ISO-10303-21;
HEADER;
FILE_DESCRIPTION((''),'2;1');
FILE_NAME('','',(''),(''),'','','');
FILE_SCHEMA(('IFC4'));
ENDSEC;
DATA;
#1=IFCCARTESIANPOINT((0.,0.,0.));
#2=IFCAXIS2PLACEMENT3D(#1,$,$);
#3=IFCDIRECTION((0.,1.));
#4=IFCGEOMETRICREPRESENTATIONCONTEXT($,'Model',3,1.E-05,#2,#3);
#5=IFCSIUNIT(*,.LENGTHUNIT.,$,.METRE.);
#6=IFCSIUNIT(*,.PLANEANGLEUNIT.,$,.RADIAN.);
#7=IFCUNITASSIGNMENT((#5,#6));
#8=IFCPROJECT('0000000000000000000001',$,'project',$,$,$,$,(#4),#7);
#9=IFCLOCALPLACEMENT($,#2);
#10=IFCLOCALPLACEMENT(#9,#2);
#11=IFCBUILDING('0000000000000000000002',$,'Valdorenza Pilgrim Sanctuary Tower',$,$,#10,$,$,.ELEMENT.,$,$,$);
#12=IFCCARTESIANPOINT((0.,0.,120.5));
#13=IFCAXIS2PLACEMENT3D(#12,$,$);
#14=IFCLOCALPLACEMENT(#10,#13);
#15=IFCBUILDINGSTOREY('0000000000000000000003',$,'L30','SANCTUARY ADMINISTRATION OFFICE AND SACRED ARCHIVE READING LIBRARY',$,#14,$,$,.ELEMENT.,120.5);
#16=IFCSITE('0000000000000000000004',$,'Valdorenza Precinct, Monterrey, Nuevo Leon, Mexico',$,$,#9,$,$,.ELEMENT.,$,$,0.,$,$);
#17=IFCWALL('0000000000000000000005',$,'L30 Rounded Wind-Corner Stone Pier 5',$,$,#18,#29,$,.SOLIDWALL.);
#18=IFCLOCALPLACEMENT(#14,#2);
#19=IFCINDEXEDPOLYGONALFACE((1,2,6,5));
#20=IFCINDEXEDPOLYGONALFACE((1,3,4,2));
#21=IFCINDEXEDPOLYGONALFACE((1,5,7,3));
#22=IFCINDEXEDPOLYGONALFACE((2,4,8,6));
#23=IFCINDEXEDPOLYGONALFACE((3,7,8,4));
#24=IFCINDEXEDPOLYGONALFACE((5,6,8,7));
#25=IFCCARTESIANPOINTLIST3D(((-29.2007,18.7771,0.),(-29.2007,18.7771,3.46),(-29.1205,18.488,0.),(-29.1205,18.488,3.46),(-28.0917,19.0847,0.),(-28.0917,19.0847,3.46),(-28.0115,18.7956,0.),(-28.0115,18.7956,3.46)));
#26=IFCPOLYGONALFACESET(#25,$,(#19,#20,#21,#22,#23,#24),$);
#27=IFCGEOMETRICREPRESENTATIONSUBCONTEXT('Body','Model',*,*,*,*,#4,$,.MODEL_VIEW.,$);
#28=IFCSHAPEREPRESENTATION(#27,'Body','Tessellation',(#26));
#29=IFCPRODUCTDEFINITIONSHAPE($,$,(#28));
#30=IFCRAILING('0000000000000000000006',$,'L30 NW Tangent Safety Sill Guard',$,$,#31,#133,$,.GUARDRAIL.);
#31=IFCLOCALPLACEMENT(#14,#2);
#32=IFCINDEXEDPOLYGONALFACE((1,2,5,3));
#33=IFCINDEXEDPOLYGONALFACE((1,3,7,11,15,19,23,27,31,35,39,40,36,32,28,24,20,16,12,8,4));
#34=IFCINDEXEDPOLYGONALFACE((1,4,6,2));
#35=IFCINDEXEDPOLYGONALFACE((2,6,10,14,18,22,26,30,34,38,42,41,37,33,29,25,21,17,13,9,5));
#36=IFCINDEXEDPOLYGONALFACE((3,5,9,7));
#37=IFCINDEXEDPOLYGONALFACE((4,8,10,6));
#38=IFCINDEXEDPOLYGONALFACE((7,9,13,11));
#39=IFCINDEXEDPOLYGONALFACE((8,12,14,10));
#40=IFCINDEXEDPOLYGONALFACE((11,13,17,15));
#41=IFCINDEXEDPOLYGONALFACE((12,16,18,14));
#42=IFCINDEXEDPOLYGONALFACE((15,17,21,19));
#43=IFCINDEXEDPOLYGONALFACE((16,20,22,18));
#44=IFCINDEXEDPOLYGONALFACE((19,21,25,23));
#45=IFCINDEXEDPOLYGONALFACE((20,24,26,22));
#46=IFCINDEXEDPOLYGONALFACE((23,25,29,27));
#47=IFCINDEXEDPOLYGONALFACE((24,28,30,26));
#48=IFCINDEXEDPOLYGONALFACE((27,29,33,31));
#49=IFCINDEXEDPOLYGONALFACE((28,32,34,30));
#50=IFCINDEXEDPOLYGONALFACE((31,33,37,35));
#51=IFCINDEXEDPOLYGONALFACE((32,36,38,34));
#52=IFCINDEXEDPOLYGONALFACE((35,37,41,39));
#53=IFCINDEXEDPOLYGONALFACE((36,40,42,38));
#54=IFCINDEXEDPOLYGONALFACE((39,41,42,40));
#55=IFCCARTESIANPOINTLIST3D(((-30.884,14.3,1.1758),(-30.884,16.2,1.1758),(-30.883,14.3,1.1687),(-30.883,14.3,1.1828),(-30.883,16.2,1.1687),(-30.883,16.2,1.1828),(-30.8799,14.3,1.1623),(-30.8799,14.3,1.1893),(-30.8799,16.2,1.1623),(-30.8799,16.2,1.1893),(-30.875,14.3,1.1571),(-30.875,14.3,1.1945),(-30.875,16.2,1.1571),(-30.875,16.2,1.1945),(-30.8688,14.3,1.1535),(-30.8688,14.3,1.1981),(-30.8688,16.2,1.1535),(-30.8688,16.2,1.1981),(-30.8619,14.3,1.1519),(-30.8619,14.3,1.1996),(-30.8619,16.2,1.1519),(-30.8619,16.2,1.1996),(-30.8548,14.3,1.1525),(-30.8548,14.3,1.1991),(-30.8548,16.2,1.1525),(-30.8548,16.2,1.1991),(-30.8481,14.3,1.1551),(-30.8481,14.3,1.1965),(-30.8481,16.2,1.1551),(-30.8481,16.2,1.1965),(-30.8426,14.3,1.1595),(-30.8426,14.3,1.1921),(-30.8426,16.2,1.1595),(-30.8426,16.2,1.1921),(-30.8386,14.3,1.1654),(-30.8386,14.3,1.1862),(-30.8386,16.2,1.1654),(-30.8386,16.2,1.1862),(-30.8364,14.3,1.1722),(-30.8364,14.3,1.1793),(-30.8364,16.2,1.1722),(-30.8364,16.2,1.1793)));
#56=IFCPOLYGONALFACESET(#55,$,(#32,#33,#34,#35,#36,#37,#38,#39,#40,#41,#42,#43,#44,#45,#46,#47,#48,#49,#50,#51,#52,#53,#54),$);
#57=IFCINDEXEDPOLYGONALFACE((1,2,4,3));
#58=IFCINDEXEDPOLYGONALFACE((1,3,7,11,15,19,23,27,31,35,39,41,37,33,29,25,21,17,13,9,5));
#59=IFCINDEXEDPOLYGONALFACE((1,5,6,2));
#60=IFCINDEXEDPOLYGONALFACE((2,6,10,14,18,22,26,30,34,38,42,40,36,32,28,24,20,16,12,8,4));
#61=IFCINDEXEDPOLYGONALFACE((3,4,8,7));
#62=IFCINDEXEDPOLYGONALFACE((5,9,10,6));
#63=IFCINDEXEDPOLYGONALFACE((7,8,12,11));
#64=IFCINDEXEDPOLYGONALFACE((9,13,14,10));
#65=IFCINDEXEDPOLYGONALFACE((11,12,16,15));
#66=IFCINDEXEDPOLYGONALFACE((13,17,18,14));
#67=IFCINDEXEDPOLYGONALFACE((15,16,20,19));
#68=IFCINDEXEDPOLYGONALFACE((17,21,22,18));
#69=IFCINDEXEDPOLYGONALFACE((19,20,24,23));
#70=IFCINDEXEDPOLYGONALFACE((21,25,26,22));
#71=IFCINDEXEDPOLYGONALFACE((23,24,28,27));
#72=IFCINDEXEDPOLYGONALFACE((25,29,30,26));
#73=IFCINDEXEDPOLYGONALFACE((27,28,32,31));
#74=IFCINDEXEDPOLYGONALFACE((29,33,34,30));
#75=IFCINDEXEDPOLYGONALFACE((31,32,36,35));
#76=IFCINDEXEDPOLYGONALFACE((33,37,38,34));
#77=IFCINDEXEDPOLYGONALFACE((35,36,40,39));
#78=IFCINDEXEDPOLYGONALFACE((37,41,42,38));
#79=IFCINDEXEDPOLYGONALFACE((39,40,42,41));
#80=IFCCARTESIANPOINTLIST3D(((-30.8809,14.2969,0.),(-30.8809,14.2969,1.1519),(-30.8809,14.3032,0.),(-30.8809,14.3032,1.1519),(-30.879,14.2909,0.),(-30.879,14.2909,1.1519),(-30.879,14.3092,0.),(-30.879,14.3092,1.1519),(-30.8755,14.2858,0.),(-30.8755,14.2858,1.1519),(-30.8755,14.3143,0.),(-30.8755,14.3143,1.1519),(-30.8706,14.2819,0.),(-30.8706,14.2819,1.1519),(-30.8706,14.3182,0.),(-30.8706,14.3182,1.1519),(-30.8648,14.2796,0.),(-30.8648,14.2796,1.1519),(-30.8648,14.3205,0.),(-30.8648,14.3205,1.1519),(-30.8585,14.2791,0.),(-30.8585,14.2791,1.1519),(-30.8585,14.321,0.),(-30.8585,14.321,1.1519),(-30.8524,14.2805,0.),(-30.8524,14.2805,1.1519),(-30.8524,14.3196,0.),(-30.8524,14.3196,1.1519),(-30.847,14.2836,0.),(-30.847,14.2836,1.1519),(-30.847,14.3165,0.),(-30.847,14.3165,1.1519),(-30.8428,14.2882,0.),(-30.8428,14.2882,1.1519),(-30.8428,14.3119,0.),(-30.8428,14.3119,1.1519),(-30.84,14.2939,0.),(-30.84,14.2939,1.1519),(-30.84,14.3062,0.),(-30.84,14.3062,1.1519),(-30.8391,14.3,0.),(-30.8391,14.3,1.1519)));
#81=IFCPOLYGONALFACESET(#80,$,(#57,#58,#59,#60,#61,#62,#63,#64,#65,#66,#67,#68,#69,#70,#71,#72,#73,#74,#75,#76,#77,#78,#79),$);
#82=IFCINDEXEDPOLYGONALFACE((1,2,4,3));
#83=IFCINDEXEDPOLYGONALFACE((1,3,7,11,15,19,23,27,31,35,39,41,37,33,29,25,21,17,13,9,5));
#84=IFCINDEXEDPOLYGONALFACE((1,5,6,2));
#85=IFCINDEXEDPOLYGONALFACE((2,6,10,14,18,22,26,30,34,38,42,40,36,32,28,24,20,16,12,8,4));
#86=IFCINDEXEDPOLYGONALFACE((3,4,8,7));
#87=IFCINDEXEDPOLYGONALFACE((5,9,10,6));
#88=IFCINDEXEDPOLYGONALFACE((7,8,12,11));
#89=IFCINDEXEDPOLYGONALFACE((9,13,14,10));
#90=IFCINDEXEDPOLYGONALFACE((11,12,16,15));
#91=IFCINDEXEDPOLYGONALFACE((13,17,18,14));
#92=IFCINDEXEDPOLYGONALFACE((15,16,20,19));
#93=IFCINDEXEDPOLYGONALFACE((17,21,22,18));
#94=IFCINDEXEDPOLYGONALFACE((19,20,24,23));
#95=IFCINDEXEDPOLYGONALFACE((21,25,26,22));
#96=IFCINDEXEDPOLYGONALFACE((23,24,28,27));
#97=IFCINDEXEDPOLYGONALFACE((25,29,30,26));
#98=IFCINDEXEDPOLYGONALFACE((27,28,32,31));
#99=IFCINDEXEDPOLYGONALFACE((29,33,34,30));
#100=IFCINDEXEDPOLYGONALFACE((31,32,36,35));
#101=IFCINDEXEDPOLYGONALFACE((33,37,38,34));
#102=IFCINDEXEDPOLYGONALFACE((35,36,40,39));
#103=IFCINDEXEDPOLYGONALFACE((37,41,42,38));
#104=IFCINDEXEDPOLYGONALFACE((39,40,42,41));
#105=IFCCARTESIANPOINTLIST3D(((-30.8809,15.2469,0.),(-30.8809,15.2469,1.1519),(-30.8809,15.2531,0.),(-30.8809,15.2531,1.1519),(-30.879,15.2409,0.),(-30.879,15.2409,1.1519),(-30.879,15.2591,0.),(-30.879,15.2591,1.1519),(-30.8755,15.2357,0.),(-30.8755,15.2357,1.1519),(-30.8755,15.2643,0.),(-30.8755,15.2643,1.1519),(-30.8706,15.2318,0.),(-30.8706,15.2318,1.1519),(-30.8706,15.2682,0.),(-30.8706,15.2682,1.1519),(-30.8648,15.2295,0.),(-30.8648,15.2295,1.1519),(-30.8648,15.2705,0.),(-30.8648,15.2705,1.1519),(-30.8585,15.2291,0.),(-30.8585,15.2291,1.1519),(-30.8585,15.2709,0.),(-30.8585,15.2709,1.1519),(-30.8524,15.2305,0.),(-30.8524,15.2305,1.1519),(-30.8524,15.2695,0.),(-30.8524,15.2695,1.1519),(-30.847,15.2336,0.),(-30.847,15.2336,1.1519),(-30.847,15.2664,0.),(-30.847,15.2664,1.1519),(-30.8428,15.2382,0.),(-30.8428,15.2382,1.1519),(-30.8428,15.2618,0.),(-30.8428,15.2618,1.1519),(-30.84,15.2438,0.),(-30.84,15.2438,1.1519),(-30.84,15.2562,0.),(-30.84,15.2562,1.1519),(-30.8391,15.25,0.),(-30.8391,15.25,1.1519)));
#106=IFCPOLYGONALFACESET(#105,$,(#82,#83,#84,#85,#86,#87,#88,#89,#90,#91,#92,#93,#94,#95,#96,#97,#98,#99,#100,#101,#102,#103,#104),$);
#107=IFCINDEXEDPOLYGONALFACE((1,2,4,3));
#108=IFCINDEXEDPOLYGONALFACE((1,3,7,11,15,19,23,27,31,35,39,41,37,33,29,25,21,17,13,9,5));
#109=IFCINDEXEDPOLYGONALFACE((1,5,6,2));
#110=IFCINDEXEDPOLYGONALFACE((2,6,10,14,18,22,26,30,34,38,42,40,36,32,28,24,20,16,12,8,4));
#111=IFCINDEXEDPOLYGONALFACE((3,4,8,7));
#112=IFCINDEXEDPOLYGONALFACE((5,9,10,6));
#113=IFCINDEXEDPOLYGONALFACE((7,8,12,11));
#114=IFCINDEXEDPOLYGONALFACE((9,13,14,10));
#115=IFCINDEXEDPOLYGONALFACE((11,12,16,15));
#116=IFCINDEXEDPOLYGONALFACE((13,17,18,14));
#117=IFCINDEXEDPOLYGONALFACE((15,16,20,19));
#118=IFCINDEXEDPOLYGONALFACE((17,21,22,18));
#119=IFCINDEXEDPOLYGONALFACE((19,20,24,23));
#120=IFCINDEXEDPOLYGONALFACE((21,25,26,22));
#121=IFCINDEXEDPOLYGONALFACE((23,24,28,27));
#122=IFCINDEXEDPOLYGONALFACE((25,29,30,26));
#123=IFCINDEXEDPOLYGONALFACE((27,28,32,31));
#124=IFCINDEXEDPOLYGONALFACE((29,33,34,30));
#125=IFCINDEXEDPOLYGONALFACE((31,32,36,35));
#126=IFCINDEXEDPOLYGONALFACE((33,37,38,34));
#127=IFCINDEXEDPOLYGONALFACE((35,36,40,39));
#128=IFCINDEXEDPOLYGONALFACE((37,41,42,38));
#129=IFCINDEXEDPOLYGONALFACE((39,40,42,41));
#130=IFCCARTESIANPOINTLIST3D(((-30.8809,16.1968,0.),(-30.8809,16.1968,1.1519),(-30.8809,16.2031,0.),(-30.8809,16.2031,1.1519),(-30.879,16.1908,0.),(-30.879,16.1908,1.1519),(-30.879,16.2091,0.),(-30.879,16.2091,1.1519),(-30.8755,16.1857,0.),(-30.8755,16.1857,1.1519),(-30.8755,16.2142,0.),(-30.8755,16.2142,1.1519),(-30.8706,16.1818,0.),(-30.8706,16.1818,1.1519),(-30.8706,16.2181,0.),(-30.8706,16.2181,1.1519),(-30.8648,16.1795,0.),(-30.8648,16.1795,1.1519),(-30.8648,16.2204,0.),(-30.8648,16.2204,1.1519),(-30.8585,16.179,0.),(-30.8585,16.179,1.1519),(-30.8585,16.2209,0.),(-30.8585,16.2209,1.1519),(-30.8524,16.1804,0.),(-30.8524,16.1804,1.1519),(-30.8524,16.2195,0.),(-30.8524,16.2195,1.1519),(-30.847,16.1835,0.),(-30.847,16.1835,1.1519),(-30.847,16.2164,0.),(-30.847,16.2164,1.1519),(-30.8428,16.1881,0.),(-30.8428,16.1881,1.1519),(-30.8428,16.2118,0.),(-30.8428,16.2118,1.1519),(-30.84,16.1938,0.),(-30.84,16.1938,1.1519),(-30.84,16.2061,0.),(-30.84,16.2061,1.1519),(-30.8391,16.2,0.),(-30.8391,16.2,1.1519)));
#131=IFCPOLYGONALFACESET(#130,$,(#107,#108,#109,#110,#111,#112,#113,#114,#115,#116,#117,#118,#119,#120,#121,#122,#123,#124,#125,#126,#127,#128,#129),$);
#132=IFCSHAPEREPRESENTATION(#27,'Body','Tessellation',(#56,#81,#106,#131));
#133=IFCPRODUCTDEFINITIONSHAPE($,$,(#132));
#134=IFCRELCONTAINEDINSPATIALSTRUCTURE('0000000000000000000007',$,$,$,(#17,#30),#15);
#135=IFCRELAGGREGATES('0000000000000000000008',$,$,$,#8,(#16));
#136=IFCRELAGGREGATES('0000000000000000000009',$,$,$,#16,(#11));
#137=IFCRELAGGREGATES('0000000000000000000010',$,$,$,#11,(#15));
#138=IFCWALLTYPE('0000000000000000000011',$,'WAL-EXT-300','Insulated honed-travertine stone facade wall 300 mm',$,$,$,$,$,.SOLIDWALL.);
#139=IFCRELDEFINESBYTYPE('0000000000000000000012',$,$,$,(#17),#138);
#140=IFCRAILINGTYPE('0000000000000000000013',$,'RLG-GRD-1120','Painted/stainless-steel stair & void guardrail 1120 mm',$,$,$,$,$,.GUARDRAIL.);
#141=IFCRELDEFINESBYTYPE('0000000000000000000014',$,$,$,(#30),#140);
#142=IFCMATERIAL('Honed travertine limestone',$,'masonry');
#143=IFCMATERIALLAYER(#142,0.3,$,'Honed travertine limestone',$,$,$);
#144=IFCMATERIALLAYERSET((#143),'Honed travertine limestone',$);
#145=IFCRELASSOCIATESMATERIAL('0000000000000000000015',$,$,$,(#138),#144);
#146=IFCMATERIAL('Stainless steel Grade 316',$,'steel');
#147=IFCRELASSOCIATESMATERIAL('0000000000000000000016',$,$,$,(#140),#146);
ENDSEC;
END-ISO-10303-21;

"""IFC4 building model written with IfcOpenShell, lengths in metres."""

from ifc_helpers import new_model, si_unit, direction, frame, frame_2d, origin, origin_2d, place, context, subcontext, project, spatial, rectangle, circle, extrude, material, layer, layer_set, type_object, element, save


model = new_model("IFC4")

# Units and contexts
model_context = context("Model", 3, precision=1e-05, world=origin(), true_north=direction((0.0, 1.0)))
body_context = subcontext(model_context, "Body", "Model", "MODEL_VIEW")
ifc_project = project(units=[si_unit("LENGTHUNIT", "METRE"), si_unit("PLANEANGLEUNIT", "RADIAN")], contexts=[model_context])

# Site, building, storey
site_placement = place(None, origin())
site = spatial("IfcSite", under=ifc_project, at=site_placement, Name="Valdorenza Precinct, Monterrey, Nuevo Leon, Mexico", CompositionType="ELEMENT", RefElevation=0.0)
building_placement = place(site_placement, origin())
building = spatial("IfcBuilding", under=site, at=building_placement, Name="Valdorenza Pilgrim Sanctuary Tower", CompositionType="ELEMENT")
storey_placement = place(building_placement, frame((0.0, 0.0, 120.5)))
storey = spatial("IfcBuildingStorey", under=building, at=storey_placement, Name="L30", Description="SANCTUARY ADMINISTRATION OFFICE AND SACRED ARCHIVE READING LIBRARY", CompositionType="ELEMENT", Elevation=120.5)

# Shared definitions
ifc_material_1 = material(Name="Honed travertine limestone", Category="masonry")

# Wall
ifc_layer_1 = layer(ifc_material_1, 0.3, Name="Honed travertine limestone")
ifc_layer_set_1 = layer_set([ifc_layer_1], Name="Honed travertine limestone")
wall_type_1 = type_object("IfcWallType", Name="WAL-EXT-300", Description="Insulated honed-travertine stone facade wall 300 mm", PredefinedType="SOLIDWALL", material=ifc_layer_set_1)
wall_1_placement = place(storey_placement, frame((-29.1606, 18.6326, 0.0), z_axis=(0.0, 0.0, 1.0), x_axis=(0.963624, 0.267261, 0.0)))
element("IfcWall", 1, at=wall_1_placement, inside=storey, type_object=wall_type_1, Name="L30 Rounded Wind-Corner Stone Pier 5", PredefinedType="SOLIDWALL", context=body_context, shape_type="SweptSolid", body=[
    extrude(rectangle(XDim=1.1509, YDim=0.3, at=frame_2d((0.5754, 0.0))), origin(), (0.0, 0.0, 1.0), 3.46),
])

# Railing
ifc_material_2 = material(Name="Stainless steel Grade 316", Category="steel")
railing_type = type_object("IfcRailingType", Name="RLG-GRD-1120", Description="Painted/stainless-steel stair & void guardrail 1120 mm", PredefinedType="GUARDRAIL", material=ifc_material_2)
railing_placement = place(storey_placement, frame((-30.8601, 14.3, 0.0)))
element("IfcRailing", 2, at=railing_placement, inside=storey, type_object=railing_type, Name="L30 NW Tangent Safety Sill Guard", PredefinedType="GUARDRAIL", context=body_context, shape_type="SweptSolid", body=[
    extrude(circle(Radius=0.0239, at=origin_2d()), frame((0.0, 0.0, 1.1758), z_axis=(0.0, 1.0, 0.0), x_axis=(-1.0, 0.0, 0.0)), (0.0, 0.0, 1.0), 1.8999),
    extrude(circle(Radius=0.021, at=origin_2d()), origin(), (0.0, 0.0, 1.0), 1.1519),
    extrude(circle(Radius=0.021, at=origin_2d()), frame((0.0, 0.95, 0.0)), (0.0, 0.0, 1.0), 1.1519),
    extrude(circle(Radius=0.021, at=origin_2d()), frame((0.0, 1.8999, 0.0)), (0.0, 0.0, 1.0), 1.1519),
])

save(model, "model.ifc")
